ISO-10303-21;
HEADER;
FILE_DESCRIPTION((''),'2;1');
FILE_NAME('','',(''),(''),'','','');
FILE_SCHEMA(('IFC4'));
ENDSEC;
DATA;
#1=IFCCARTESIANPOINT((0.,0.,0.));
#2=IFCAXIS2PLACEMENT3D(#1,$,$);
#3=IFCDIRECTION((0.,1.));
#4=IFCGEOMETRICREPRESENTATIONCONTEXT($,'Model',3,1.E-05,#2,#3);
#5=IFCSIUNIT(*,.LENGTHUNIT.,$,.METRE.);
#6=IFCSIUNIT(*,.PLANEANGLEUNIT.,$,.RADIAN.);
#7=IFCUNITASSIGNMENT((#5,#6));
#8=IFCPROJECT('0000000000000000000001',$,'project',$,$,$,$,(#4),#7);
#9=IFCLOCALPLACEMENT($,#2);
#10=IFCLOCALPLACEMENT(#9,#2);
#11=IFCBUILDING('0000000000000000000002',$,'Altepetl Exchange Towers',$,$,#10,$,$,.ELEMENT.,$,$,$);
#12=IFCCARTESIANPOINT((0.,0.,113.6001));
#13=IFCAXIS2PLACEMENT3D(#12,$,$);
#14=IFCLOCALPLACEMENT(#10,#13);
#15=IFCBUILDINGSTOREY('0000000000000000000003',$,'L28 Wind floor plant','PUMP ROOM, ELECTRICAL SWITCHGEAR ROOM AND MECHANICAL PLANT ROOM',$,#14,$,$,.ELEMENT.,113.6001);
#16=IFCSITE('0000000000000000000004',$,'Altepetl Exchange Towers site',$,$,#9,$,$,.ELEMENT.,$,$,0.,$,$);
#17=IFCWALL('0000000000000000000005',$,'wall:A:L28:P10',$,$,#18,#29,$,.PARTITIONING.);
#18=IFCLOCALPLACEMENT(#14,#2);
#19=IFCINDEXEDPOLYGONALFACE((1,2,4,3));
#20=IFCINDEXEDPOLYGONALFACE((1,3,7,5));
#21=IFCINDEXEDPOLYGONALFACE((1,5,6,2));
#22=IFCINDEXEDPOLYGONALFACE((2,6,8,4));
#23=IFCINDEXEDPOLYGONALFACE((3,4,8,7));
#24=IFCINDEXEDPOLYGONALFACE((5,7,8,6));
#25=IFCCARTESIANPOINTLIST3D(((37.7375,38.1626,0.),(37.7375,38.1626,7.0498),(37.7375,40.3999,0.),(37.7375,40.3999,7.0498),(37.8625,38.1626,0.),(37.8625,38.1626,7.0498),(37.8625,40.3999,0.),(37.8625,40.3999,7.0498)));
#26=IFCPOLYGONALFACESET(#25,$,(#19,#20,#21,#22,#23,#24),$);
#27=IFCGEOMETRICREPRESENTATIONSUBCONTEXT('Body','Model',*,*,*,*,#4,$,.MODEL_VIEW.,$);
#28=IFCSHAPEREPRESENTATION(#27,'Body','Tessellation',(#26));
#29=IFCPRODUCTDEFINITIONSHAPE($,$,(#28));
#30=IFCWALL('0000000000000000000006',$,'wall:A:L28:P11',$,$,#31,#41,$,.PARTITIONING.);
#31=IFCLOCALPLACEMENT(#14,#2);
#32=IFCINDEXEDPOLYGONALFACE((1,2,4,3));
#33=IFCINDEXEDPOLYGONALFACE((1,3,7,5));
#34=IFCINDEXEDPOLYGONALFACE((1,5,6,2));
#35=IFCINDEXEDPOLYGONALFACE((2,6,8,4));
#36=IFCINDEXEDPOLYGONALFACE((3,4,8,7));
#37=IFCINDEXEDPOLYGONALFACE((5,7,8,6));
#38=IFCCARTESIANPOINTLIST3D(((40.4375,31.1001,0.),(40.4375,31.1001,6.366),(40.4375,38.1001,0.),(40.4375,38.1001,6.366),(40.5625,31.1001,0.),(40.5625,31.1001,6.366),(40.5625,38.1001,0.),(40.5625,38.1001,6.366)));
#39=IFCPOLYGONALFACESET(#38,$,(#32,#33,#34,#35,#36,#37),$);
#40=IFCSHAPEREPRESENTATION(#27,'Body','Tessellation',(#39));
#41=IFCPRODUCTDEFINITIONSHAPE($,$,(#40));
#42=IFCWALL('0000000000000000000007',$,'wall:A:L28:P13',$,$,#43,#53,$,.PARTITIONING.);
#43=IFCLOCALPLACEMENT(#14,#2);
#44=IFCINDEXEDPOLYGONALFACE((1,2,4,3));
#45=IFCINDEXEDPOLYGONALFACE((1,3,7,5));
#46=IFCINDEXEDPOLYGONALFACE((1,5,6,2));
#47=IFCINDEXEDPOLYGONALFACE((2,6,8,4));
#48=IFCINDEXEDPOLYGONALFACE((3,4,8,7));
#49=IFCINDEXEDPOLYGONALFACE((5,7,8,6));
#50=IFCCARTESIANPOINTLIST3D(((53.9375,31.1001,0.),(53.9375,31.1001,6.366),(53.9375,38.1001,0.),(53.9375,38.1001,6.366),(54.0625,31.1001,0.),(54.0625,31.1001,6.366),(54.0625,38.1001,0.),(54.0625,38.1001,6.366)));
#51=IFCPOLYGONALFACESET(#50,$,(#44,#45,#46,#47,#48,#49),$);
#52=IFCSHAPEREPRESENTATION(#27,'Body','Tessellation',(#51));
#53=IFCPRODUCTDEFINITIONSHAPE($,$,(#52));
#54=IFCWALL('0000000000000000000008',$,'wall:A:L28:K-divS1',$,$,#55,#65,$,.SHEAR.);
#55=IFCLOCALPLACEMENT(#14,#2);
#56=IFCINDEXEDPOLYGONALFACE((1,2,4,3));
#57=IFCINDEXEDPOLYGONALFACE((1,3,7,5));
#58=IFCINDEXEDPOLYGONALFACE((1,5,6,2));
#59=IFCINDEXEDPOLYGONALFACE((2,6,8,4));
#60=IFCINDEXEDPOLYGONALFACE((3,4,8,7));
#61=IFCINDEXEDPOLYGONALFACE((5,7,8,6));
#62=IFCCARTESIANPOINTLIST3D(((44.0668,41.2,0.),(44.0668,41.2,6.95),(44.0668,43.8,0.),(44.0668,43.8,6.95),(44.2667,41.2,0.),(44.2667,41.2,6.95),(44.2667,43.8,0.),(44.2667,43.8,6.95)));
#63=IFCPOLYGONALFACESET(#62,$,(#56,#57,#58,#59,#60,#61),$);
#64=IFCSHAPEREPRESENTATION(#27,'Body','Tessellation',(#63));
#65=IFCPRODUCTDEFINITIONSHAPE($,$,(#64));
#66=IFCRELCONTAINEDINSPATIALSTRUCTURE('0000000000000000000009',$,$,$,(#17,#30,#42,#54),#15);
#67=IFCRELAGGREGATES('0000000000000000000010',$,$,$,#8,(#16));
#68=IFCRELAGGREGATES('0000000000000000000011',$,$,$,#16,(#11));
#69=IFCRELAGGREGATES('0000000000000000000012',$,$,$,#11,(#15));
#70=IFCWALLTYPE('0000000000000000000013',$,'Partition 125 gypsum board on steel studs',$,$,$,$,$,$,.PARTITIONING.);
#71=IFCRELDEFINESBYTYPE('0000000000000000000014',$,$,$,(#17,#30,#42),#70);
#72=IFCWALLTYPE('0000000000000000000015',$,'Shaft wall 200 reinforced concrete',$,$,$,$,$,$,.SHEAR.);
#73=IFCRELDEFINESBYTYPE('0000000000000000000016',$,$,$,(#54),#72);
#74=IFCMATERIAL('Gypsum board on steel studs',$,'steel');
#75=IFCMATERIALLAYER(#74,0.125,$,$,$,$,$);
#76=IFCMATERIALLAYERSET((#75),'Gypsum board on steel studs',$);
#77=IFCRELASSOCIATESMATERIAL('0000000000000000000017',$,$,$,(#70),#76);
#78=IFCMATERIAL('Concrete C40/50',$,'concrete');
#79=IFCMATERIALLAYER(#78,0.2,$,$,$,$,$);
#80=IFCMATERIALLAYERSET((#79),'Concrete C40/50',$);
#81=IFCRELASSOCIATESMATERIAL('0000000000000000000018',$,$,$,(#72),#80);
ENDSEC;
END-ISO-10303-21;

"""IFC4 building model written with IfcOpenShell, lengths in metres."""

from ifc_helpers import new_model, si_unit, direction, frame, frame_2d, origin, place, context, subcontext, project, spatial, rectangle, extrude, material, layer, layer_set, type_object, element, save


model = new_model("IFC4")

# Units and contexts
model_context = context("Model", 3, precision=1e-05, world=origin(), true_north=direction((0.0, 1.0)))
body_context = subcontext(model_context, "Body", "Model", "MODEL_VIEW")
ifc_project = project(units=[si_unit("LENGTHUNIT", "METRE"), si_unit("PLANEANGLEUNIT", "RADIAN")], contexts=[model_context])

# Site, building, storey
site_placement = place(None, origin())
site = spatial("IfcSite", under=ifc_project, at=site_placement, Name="Altepetl Exchange Towers site", CompositionType="ELEMENT", RefElevation=0.0)
building_placement = place(site_placement, origin())
building = spatial("IfcBuilding", under=site, at=building_placement, Name="Altepetl Exchange Towers", CompositionType="ELEMENT")
storey_placement = place(building_placement, frame((0.0, 0.0, 113.6001)))
storey = spatial("IfcBuildingStorey", under=building, at=storey_placement, Name="L28 Wind floor plant", Description="PUMP ROOM, ELECTRICAL SWITCHGEAR ROOM AND MECHANICAL PLANT ROOM", CompositionType="ELEMENT", Elevation=113.6001)

# Shared definitions
ifc_material_1 = material(Name="Gypsum board on steel studs", Category="steel")
ifc_layer_1 = layer(ifc_material_1, 0.125)
ifc_layer_set_1 = layer_set([ifc_layer_1], Name="Gypsum board on steel studs")
wall_type_1 = type_object("IfcWallType", Name="Partition 125 gypsum board on steel studs", PredefinedType="PARTITIONING", material=ifc_layer_set_1)

# Walls
wall_1_placement = place(storey_placement, frame((37.8, 38.1626, 0.0), z_axis=(0.0, 0.0, 1.0), x_axis=(0.0, 1.0, 0.0)))
element("IfcWall", 1, at=wall_1_placement, inside=storey, type_object=wall_type_1, Name="wall:A:L28:P10", PredefinedType="PARTITIONING", context=body_context, shape_type="SweptSolid", body=[
    extrude(rectangle(XDim=2.2373, YDim=0.125, at=frame_2d((1.1187, 0.0))), origin(), (0.0, 0.0, 1.0), 7.0498),
])
for number, where, z_axis, x_axis, name in (
    (2, (40.5, 31.1001, 0.0), (0.0, 0.0, 1.0), (0.0, 1.0, 0.0), "wall:A:L28:P11"),
    (3, (54.0, 31.1001, 0.0), (0.0, 0.0, 1.0), (0.0, 1.0, 0.0), "wall:A:L28:P13"),
):
    element("IfcWall", number, at=place(storey_placement, frame(where, z_axis=z_axis, x_axis=x_axis)), inside=storey, type_object=wall_type_1, Name=name, PredefinedType="PARTITIONING", context=body_context, shape_type="SweptSolid", body=[
        extrude(rectangle(XDim=7.0, YDim=0.125, at=frame_2d((3.5, 0.0))), origin(), (0.0, 0.0, 1.0), 6.366),
    ])
ifc_material_2 = material(Name="Concrete C40/50", Category="concrete")
ifc_layer_2 = layer(ifc_material_2, 0.2)
ifc_layer_set_2 = layer_set([ifc_layer_2], Name="Concrete C40/50")
wall_type_2 = type_object("IfcWallType", Name="Shaft wall 200 reinforced concrete", PredefinedType="SHEAR", material=ifc_layer_set_2)
wall_2_placement = place(storey_placement, frame((44.1667, 41.2, 0.0), z_axis=(0.0, 0.0, 1.0), x_axis=(0.0, 1.0, 0.0)))
element("IfcWall", 4, at=wall_2_placement, inside=storey, type_object=wall_type_2, Name="wall:A:L28:K-divS1", PredefinedType="SHEAR", context=body_context, shape_type="SweptSolid", body=[
    extrude(rectangle(XDim=2.6001, YDim=0.2, at=frame_2d((1.3, 0.0))), origin(), (0.0, 0.0, 1.0), 6.95),
])

save(model, "model.ifc")
